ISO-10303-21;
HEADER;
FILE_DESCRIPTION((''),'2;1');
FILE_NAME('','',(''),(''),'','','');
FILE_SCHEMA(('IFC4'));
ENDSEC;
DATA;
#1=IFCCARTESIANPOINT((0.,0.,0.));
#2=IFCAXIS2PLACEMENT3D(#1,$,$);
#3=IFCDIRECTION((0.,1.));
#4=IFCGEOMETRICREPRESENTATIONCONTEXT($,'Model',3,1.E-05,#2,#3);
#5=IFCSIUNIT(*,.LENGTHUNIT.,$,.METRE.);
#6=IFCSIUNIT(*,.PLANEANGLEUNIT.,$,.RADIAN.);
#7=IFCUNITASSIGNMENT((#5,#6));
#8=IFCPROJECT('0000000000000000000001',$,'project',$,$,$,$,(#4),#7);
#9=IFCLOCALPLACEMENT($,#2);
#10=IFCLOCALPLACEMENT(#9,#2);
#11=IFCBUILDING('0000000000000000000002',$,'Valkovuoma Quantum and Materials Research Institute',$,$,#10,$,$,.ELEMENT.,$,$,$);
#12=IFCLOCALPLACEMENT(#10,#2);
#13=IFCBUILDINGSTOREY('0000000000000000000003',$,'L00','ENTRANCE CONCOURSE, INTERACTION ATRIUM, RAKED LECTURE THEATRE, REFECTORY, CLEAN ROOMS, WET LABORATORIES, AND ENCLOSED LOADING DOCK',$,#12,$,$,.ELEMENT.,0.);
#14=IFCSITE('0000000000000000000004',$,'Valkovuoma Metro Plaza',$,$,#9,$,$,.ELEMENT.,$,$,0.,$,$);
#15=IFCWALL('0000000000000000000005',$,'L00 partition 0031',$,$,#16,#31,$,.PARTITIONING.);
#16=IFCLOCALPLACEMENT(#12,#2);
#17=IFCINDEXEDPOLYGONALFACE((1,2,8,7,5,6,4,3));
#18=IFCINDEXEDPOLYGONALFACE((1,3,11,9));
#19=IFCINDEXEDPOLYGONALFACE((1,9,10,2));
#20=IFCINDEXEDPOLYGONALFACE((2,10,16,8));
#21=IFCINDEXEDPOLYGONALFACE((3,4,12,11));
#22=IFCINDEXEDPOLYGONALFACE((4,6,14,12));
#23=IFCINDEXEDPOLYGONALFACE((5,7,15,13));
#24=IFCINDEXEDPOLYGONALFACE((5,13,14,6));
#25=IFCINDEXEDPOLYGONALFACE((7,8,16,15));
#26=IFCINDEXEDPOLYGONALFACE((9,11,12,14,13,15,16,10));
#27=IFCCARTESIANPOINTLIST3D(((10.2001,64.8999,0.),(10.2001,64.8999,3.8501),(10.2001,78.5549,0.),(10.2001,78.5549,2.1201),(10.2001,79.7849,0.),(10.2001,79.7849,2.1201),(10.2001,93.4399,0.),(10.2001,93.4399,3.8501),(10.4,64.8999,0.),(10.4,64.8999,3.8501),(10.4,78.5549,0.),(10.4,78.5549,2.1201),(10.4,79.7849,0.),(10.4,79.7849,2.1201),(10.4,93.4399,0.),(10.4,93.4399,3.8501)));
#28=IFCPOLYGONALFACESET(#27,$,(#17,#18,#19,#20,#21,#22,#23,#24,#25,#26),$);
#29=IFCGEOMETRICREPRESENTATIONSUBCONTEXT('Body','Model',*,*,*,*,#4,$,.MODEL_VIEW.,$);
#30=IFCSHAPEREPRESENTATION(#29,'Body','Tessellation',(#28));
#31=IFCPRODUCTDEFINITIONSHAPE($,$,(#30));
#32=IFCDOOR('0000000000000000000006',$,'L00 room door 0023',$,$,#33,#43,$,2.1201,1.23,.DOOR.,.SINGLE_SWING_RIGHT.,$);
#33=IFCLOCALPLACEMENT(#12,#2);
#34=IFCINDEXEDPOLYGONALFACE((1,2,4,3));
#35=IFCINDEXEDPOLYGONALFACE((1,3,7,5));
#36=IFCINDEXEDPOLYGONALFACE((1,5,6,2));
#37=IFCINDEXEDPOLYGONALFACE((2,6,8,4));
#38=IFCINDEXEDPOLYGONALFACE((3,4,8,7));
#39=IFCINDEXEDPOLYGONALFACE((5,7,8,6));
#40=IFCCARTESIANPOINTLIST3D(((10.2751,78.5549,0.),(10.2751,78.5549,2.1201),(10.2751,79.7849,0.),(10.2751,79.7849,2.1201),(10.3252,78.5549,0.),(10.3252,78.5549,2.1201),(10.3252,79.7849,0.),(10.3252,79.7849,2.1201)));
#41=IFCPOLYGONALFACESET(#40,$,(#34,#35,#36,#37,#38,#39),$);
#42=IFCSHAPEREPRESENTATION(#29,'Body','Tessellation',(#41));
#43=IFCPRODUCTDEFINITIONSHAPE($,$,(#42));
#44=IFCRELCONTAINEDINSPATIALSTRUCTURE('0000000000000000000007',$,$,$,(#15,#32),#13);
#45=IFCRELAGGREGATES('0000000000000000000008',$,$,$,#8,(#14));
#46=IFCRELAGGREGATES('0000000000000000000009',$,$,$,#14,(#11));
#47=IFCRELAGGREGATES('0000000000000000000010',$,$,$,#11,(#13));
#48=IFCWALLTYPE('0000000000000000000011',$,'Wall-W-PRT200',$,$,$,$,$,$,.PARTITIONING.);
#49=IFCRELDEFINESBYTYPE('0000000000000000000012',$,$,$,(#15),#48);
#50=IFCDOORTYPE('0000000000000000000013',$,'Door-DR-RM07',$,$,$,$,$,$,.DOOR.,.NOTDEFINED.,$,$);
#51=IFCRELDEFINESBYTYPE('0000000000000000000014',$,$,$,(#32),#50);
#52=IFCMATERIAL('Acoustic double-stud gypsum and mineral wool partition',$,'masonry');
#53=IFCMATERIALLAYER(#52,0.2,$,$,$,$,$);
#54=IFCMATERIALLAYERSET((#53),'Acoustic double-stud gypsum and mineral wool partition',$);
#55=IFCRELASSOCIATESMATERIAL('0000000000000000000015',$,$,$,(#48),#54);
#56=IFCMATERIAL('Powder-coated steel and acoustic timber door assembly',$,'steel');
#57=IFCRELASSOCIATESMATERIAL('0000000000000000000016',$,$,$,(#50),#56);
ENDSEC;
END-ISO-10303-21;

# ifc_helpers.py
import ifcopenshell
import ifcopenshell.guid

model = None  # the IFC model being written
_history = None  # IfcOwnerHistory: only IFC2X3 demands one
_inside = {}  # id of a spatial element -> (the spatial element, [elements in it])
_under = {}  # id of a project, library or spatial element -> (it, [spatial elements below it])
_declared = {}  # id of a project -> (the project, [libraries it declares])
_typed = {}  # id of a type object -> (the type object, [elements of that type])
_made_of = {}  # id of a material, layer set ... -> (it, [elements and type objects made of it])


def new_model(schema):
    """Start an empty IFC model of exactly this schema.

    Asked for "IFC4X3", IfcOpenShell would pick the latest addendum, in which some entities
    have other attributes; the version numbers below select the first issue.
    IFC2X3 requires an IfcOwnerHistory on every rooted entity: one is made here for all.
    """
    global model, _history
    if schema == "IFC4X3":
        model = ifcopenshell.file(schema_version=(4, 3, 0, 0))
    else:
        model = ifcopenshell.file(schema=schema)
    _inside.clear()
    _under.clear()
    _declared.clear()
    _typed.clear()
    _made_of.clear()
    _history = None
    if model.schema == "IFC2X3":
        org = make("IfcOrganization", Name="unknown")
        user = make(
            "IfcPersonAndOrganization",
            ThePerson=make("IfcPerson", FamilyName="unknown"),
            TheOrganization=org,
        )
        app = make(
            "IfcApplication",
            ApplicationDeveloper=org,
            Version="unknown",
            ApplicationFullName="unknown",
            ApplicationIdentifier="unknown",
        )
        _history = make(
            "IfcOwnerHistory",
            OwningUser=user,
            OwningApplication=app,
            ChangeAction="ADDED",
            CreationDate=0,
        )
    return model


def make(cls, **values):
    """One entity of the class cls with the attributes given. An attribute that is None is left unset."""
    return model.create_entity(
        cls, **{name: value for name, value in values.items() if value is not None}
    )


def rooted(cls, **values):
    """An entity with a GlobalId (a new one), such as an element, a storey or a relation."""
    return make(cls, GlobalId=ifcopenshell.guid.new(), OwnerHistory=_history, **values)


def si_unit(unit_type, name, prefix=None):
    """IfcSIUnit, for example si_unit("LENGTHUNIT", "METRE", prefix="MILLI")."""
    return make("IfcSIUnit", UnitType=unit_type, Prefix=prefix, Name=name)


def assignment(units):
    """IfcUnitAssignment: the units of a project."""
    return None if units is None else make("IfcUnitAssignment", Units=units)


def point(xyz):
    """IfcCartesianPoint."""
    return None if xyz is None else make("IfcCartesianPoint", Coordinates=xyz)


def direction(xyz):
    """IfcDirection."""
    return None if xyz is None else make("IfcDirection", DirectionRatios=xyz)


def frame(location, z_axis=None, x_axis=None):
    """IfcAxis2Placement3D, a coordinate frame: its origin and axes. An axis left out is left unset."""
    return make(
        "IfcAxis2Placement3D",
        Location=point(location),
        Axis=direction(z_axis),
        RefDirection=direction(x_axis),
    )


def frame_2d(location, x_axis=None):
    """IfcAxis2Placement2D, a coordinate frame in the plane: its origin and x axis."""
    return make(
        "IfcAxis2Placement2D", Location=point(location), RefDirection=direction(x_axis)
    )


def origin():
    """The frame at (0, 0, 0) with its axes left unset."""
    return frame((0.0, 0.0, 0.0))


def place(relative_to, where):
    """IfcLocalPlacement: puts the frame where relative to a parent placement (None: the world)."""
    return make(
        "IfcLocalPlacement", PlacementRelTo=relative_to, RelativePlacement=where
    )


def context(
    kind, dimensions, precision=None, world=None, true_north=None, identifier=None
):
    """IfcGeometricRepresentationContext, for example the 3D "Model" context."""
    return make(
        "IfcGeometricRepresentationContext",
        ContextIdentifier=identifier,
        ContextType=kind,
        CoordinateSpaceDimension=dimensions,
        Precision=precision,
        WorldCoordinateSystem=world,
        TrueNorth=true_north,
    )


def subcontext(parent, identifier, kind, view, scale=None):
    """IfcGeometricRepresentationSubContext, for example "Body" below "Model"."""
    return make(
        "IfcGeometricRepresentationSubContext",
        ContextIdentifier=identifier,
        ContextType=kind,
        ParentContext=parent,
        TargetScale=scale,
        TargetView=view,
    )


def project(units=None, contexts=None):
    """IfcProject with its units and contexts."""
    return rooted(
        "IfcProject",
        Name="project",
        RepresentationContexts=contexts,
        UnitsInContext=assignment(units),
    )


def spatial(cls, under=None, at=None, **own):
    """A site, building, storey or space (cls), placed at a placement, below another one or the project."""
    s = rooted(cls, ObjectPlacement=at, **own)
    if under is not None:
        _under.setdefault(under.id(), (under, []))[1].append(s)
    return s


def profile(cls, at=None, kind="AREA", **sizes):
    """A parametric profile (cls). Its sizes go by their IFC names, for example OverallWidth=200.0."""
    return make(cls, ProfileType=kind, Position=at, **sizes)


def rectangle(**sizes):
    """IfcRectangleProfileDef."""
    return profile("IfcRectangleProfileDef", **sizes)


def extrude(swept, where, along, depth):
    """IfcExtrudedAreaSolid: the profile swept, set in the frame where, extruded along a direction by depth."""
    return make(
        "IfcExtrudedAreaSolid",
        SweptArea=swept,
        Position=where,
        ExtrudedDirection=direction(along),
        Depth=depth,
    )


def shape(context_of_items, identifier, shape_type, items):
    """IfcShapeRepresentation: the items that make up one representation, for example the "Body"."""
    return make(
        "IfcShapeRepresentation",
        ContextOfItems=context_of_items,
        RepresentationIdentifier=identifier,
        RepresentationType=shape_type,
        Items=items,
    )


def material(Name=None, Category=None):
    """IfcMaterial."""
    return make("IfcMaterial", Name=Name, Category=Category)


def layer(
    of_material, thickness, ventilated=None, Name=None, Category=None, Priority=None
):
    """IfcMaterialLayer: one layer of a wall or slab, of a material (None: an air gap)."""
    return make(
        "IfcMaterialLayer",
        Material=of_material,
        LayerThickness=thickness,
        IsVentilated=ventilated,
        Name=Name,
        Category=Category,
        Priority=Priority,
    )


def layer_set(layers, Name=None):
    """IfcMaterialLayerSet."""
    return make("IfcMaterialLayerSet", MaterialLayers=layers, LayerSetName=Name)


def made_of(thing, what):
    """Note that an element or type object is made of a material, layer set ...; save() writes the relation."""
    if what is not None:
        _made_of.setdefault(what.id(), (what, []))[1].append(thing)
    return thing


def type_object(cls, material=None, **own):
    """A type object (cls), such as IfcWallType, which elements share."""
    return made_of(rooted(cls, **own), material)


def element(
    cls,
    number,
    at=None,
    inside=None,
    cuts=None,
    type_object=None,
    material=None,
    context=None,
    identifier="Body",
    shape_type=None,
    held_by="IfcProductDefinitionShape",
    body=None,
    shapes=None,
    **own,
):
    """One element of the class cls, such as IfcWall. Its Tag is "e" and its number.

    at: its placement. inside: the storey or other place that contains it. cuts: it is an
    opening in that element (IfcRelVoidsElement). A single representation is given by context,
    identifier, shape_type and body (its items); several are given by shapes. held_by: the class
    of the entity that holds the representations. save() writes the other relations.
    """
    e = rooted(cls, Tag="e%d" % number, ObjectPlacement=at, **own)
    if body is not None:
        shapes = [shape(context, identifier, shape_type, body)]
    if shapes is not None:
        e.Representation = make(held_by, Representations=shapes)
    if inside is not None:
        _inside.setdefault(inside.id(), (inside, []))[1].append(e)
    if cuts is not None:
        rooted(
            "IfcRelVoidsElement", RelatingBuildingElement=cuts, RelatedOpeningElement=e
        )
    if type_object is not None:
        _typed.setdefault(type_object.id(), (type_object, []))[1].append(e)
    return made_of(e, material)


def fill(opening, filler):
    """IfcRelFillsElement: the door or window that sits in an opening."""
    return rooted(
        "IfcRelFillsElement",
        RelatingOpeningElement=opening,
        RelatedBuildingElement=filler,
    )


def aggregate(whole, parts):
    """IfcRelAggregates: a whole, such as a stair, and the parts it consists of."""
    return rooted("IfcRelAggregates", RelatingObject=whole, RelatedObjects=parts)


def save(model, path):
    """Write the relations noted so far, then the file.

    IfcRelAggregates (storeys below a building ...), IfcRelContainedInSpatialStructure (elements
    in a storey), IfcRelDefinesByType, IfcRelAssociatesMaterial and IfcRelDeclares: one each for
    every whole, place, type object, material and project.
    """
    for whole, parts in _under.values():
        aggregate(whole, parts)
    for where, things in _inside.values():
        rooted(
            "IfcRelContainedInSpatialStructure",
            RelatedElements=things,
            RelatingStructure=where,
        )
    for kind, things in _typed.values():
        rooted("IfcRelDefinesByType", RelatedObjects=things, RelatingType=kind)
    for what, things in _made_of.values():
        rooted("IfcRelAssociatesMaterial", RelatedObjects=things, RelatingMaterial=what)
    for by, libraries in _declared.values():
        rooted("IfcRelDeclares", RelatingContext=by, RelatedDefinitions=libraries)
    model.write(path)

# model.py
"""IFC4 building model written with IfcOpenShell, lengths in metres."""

from ifc_helpers import new_model, si_unit, direction, frame, frame_2d, origin, place, context, subcontext, project, spatial, rectangle, extrude, material, layer, layer_set, type_object, element, fill, save


model = new_model("IFC4")

# Units and contexts
model_context = context("Model", 3, precision=1e-05, world=origin(), true_north=direction((0.0, 1.0)))
body_context = subcontext(model_context, "Body", "Model", "MODEL_VIEW")
ifc_project = project(units=[si_unit("LENGTHUNIT", "METRE"), si_unit("PLANEANGLEUNIT", "RADIAN")], contexts=[model_context])

# Site, building, storey
site_placement = place(None, origin())
site = spatial("IfcSite", under=ifc_project, at=site_placement, Name="Valkovuoma Metro Plaza", CompositionType="ELEMENT", RefElevation=0.0)
building_placement = place(site_placement, origin())
building = spatial("IfcBuilding", under=site, at=building_placement, Name="Valkovuoma Quantum and Materials Research Institute", CompositionType="ELEMENT")
storey_placement = place(building_placement, origin())
storey = spatial("IfcBuildingStorey", under=building, at=storey_placement, Name="L00", Description="ENTRANCE CONCOURSE, INTERACTION ATRIUM, RAKED LECTURE THEATRE, REFECTORY, CLEAN ROOMS, WET LABORATORIES, AND ENCLOSED LOADING DOCK", CompositionType="ELEMENT", Elevation=0.0)

# Wall, opening, door
ifc_material_1 = material(Name="Acoustic double-stud gypsum and mineral wool partition", Category="masonry")
ifc_layer_1 = layer(ifc_material_1, 0.2)
ifc_layer_set_1 = layer_set([ifc_layer_1], Name="Acoustic double-stud gypsum and mineral wool partition")
wall_type = type_object("IfcWallType", Name="Wall-W-PRT200", PredefinedType="PARTITIONING", material=ifc_layer_set_1)
wall_1_placement = place(storey_placement, frame((10.3, 64.8999, 0.0), z_axis=(0.0, 0.0, 1.0), x_axis=(0.0, 1.0, 0.0)))
wall_1 = element("IfcWall", 1, at=wall_1_placement, inside=storey, type_object=wall_type, Name="L00 partition 0031", PredefinedType="PARTITIONING", context=body_context, shape_type="SweptSolid", body=[
    extrude(rectangle(XDim=28.54, YDim=0.2, at=frame_2d((14.27, 0.0))), origin(), (0.0, 0.0, 1.0), 3.8501),
])
opening_1_placement = place(wall_1_placement, frame((13.655, 0.0, 0.0)))
opening_1 = element("IfcOpeningElement", 2, at=opening_1_placement, cuts=wall_1, PredefinedType="OPENING", context=body_context, shape_type="SweptSolid", body=[
    extrude(rectangle(XDim=1.23, YDim=2.1201, at=frame_2d((0.615, 1.0601))), frame((0.0, 0.1099, 0.0), z_axis=(0.0, -1.0, 0.0), x_axis=(1.0, 0.0, 0.0)), (0.0, 0.0, 1.0), 0.22),
])
ifc_material_2 = material(Name="Powder-coated steel and acoustic timber door assembly", Category="steel")
door_type_1 = type_object("IfcDoorType", Name="Door-DR-RM07", OperationType="NOTDEFINED", PredefinedType="DOOR", material=ifc_material_2)
door_1_placement = place(opening_1_placement, origin())
door_1 = element("IfcDoor", 3, at=door_1_placement, inside=storey, type_object=door_type_1, Name="L00 room door 0023", OperationType="SINGLE_SWING_RIGHT", OverallHeight=2.1201, OverallWidth=1.23, PredefinedType="DOOR", context=body_context, shape_type="SweptSolid", body=[
    extrude(rectangle(XDim=1.23, YDim=2.1201, at=frame_2d((0.615, 1.0601))), frame((0.0, 0.0249, 0.0), z_axis=(0.0, -1.0, 0.0), x_axis=(1.0, 0.0, 0.0)), (0.0, 0.0, 1.0), 0.05),
])
fill(opening_1, door_1)

save(model, "model.ifc")
